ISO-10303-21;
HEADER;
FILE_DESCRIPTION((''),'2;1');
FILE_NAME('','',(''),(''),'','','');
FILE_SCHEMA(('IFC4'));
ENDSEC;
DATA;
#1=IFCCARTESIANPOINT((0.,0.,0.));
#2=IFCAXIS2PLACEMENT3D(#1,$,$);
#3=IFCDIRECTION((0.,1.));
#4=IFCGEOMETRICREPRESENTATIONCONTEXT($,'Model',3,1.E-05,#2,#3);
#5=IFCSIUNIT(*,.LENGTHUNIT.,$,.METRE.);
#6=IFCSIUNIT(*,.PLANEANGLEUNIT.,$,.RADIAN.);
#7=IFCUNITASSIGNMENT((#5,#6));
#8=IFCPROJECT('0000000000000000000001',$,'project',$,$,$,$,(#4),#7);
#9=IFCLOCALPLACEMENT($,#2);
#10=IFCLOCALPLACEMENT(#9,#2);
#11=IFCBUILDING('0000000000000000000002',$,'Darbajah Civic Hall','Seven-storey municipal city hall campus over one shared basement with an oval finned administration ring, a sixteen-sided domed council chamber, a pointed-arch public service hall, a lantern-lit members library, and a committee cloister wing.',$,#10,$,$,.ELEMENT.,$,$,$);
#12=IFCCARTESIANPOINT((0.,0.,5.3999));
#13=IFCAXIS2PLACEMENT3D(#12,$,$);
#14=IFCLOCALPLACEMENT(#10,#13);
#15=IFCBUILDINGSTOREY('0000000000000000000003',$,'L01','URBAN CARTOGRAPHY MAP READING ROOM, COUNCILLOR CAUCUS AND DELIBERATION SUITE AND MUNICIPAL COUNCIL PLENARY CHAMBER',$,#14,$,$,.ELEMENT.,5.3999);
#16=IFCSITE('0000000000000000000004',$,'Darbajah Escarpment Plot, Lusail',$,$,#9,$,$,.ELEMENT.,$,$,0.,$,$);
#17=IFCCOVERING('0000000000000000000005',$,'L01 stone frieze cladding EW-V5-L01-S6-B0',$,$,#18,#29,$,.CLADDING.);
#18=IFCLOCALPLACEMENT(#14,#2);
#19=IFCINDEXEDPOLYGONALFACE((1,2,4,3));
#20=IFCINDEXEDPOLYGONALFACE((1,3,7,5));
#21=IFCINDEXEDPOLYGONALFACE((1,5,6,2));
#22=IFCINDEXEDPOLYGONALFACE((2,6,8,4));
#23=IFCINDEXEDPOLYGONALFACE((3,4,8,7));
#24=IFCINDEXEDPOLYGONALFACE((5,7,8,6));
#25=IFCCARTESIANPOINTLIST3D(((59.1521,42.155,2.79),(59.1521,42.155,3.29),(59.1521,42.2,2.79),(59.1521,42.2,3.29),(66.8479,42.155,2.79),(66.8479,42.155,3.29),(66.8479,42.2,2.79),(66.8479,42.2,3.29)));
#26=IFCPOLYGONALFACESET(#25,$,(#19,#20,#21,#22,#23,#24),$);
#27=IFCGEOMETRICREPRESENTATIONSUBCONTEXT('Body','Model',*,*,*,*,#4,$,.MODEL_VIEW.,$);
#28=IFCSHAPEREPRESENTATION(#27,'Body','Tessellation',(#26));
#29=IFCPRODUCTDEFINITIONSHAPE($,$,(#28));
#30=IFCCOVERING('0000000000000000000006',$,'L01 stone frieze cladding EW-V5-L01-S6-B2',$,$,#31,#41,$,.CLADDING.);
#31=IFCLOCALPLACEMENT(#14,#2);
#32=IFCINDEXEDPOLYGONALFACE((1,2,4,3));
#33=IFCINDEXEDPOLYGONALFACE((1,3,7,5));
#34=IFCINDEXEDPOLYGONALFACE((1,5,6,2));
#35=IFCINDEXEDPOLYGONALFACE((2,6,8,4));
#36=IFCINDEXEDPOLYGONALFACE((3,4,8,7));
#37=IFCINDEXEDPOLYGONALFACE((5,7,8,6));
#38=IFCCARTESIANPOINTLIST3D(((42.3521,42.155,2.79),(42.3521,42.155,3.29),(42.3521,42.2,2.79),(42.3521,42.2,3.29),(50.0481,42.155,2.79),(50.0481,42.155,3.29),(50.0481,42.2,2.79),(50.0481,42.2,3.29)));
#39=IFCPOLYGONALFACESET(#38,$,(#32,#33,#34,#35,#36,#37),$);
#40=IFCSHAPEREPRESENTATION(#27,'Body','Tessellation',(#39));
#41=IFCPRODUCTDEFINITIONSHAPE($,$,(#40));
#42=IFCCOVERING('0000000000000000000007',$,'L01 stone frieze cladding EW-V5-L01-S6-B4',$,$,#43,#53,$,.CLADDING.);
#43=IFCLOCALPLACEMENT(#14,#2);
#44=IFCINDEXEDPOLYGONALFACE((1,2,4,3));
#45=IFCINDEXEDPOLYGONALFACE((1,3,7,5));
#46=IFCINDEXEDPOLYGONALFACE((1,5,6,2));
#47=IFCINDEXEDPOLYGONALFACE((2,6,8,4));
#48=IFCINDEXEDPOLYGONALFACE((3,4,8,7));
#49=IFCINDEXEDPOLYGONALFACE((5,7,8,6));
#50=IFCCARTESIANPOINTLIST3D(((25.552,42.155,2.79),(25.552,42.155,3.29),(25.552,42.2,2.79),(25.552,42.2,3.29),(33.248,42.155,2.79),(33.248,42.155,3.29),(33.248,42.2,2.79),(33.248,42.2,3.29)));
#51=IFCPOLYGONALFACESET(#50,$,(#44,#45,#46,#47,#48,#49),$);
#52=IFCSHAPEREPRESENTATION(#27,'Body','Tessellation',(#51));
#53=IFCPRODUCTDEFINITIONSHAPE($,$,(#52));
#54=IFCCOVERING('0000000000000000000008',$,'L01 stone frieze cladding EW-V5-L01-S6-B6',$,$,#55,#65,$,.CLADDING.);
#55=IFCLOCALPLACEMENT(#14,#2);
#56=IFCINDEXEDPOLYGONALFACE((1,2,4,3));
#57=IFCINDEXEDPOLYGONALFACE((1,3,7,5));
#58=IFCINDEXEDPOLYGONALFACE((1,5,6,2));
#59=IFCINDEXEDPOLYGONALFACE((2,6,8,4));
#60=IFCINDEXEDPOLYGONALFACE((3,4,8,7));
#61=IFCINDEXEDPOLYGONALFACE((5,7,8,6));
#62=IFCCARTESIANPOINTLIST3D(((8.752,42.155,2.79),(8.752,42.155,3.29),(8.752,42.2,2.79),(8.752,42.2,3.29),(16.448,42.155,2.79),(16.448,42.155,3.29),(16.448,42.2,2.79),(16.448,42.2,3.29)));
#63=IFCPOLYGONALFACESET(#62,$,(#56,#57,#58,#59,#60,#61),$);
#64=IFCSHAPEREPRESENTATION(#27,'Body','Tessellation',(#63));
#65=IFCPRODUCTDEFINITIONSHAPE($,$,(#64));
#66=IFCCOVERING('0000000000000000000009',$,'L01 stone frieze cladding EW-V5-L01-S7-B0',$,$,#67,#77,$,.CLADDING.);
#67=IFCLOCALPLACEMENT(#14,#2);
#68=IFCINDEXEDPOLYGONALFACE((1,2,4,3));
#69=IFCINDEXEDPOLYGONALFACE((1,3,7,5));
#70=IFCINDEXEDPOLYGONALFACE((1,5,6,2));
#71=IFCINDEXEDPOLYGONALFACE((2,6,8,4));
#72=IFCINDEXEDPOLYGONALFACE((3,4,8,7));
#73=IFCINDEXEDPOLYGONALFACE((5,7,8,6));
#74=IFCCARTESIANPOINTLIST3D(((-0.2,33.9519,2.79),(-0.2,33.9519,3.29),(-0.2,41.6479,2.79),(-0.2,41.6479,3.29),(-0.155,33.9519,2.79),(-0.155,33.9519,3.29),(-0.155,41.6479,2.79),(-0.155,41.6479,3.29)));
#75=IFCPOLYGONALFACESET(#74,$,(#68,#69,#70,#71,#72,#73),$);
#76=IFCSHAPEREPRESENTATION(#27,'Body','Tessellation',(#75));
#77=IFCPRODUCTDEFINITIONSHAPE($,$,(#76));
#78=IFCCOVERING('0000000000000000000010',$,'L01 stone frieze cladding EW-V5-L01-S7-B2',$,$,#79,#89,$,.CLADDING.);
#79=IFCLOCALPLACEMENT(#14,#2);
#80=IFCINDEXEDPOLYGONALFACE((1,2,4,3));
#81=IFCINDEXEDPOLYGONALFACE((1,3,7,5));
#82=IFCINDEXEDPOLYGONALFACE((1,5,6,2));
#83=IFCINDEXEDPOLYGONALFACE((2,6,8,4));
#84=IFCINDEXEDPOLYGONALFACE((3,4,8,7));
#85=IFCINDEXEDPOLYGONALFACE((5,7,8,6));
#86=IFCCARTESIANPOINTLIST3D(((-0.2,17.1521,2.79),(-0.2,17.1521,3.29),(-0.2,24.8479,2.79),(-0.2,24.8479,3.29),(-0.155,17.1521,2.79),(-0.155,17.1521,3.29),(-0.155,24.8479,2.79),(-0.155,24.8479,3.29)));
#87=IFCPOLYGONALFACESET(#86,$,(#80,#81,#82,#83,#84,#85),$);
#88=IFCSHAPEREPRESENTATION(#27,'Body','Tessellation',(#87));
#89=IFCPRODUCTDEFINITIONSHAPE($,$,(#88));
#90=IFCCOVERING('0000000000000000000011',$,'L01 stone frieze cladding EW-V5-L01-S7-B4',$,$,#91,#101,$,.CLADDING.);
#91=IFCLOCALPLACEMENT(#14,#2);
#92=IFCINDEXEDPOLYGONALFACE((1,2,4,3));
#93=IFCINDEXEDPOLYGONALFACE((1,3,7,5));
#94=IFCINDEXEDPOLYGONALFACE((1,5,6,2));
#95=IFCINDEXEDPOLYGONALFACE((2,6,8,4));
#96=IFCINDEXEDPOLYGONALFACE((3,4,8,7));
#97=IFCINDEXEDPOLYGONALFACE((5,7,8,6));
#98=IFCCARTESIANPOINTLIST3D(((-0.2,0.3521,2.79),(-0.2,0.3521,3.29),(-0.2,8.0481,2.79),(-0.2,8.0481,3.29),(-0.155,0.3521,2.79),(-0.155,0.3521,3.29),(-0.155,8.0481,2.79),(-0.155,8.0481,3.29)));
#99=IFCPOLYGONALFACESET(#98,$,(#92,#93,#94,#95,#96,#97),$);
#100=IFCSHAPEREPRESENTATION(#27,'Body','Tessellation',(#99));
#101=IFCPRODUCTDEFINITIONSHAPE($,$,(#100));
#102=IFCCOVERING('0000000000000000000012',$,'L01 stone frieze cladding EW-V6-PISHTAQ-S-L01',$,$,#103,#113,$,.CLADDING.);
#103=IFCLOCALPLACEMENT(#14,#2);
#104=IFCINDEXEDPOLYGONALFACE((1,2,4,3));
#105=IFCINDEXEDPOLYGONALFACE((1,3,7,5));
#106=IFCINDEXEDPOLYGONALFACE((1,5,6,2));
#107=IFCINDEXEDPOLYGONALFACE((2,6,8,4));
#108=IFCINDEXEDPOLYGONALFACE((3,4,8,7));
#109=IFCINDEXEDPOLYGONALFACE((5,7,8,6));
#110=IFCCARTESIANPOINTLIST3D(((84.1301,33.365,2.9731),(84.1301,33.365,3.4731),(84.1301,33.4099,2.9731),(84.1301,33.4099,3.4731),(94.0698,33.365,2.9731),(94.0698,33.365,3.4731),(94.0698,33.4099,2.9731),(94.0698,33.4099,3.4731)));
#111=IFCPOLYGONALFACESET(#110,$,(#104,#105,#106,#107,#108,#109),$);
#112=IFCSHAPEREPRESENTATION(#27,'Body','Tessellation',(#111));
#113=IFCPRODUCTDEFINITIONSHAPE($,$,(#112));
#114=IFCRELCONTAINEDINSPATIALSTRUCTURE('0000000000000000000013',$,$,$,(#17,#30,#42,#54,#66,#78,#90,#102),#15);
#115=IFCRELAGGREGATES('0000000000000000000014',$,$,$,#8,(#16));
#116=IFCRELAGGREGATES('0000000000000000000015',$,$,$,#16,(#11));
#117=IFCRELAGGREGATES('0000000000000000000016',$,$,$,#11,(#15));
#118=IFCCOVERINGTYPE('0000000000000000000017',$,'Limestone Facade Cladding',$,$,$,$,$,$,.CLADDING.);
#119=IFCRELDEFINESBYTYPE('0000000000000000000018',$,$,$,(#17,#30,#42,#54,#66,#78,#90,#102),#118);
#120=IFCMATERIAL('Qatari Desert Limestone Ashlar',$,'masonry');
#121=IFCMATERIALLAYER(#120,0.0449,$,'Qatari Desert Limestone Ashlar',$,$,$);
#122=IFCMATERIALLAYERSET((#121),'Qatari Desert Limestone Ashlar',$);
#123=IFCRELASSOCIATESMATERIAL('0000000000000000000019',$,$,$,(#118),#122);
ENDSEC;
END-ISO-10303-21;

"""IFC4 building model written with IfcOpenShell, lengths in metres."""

from ifc_helpers import new_model, si_unit, direction, frame, origin, place, context, subcontext, project, spatial, polyline, outline, extrude, material, layer, layer_set, type_object, element, save


model = new_model("IFC4")

# Units and contexts
model_context = context("Model", 3, precision=1e-05, world=origin(), true_north=direction((0.0, 1.0)))
body_context = subcontext(model_context, "Body", "Model", "MODEL_VIEW")
ifc_project = project(units=[si_unit("LENGTHUNIT", "METRE"), si_unit("PLANEANGLEUNIT", "RADIAN")], contexts=[model_context])

# Site, building, storey
site_placement = place(None, origin())
site = spatial("IfcSite", under=ifc_project, at=site_placement, Name="Darbajah Escarpment Plot, Lusail", CompositionType="ELEMENT", RefElevation=0.0)
building_placement = place(site_placement, origin())
building = spatial("IfcBuilding", under=site, at=building_placement, Name="Darbajah Civic Hall", Description="Seven-storey municipal city hall campus over one shared basement with an oval finned administration ring, a sixteen-sided domed council chamber, a pointed-arch public service hall, a lantern-lit members library, and a committee cloister wing.", CompositionType="ELEMENT")
storey_placement = place(building_placement, frame((0.0, 0.0, 5.3999)))
storey = spatial("IfcBuildingStorey", under=building, at=storey_placement, Name="L01", Description="URBAN CARTOGRAPHY MAP READING ROOM, COUNCILLOR CAUCUS AND DELIBERATION SUITE AND MUNICIPAL COUNCIL PLENARY CHAMBER", CompositionType="ELEMENT", Elevation=5.3999)

# Coverings
ifc_material = material(Name="Qatari Desert Limestone Ashlar", Category="masonry")
ifc_layer = layer(ifc_material, 0.0449, Name="Qatari Desert Limestone Ashlar")
ifc_layer_set = layer_set([ifc_layer], Name="Qatari Desert Limestone Ashlar")
covering_type = type_object("IfcCoveringType", Name="Limestone Facade Cladding", PredefinedType="CLADDING", material=ifc_layer_set)
covering_1_placement = place(storey_placement, frame((0.0, 0.0, 2.79)))
element("IfcCovering", 1, at=covering_1_placement, inside=storey, type_object=covering_type, Name="L01 stone frieze cladding EW-V5-L01-S6-B0", PredefinedType="CLADDING", context=body_context, shape_type="SweptSolid", body=[
    extrude(outline(polyline([(66.8479, 42.155), (59.1521, 42.155), (59.1521, 42.2), (66.8479, 42.2), (66.8479, 42.155)])), origin(), (0.0, 0.0, 1.0), 0.5),
])
covering_2_placement = place(storey_placement, frame((0.0, 0.0, 2.79)))
element("IfcCovering", 2, at=covering_2_placement, inside=storey, type_object=covering_type, Name="L01 stone frieze cladding EW-V5-L01-S6-B2", PredefinedType="CLADDING", context=body_context, shape_type="SweptSolid", body=[
    extrude(outline(polyline([(50.0481, 42.155), (42.3521, 42.155), (42.3521, 42.2), (50.0481, 42.2), (50.0481, 42.155)])), origin(), (0.0, 0.0, 1.0), 0.5),
])
covering_3_placement = place(storey_placement, frame((0.0, 0.0, 2.79)))
element("IfcCovering", 3, at=covering_3_placement, inside=storey, type_object=covering_type, Name="L01 stone frieze cladding EW-V5-L01-S6-B4", PredefinedType="CLADDING", context=body_context, shape_type="SweptSolid", body=[
    extrude(outline(polyline([(33.248, 42.155), (25.552, 42.155), (25.552, 42.2), (33.248, 42.2), (33.248, 42.155)])), origin(), (0.0, 0.0, 1.0), 0.5),
])
covering_4_placement = place(storey_placement, frame((0.0, 0.0, 2.79)))
element("IfcCovering", 4, at=covering_4_placement, inside=storey, type_object=covering_type, Name="L01 stone frieze cladding EW-V5-L01-S6-B6", PredefinedType="CLADDING", context=body_context, shape_type="SweptSolid", body=[
    extrude(outline(polyline([(16.448, 42.155), (8.752, 42.155), (8.752, 42.2), (16.448, 42.2), (16.448, 42.155)])), origin(), (0.0, 0.0, 1.0), 0.5),
])
covering_5_placement = place(storey_placement, frame((0.0, 0.0, 2.79)))
element("IfcCovering", 5, at=covering_5_placement, inside=storey, type_object=covering_type, Name="L01 stone frieze cladding EW-V5-L01-S7-B0", PredefinedType="CLADDING", context=body_context, shape_type="SweptSolid", body=[
    extrude(outline(polyline([(-0.155, 41.6479), (-0.155, 33.9519), (-0.2, 33.9519), (-0.2, 41.6479), (-0.155, 41.6479)])), origin(), (0.0, 0.0, 1.0), 0.5),
])
covering_6_placement = place(storey_placement, frame((0.0, 0.0, 2.79)))
element("IfcCovering", 6, at=covering_6_placement, inside=storey, type_object=covering_type, Name="L01 stone frieze cladding EW-V5-L01-S7-B2", PredefinedType="CLADDING", context=body_context, shape_type="SweptSolid", body=[
    extrude(outline(polyline([(-0.155, 24.8479), (-0.155, 17.1521), (-0.2, 17.1521), (-0.2, 24.8479), (-0.155, 24.8479)])), origin(), (0.0, 0.0, 1.0), 0.5),
])
covering_7_placement = place(storey_placement, frame((0.0, 0.0, 2.79)))
element("IfcCovering", 7, at=covering_7_placement, inside=storey, type_object=covering_type, Name="L01 stone frieze cladding EW-V5-L01-S7-B4", PredefinedType="CLADDING", context=body_context, shape_type="SweptSolid", body=[
    extrude(outline(polyline([(-0.155, 8.0481), (-0.155, 0.3521), (-0.2, 0.3521), (-0.2, 8.0481), (-0.155, 8.0481)])), origin(), (0.0, 0.0, 1.0), 0.5),
])
covering_8_placement = place(storey_placement, frame((0.0, 0.0, 2.9731)))
element("IfcCovering", 8, at=covering_8_placement, inside=storey, type_object=covering_type, Name="L01 stone frieze cladding EW-V6-PISHTAQ-S-L01", PredefinedType="CLADDING", context=body_context, shape_type="SweptSolid", body=[
    extrude(outline(polyline([(84.1301, 33.4099), (94.0698, 33.4099), (94.0698, 33.365), (84.1301, 33.365), (84.1301, 33.4099)])), origin(), (0.0, 0.0, 1.0), 0.5),
])

save(model, "model.ifc")
